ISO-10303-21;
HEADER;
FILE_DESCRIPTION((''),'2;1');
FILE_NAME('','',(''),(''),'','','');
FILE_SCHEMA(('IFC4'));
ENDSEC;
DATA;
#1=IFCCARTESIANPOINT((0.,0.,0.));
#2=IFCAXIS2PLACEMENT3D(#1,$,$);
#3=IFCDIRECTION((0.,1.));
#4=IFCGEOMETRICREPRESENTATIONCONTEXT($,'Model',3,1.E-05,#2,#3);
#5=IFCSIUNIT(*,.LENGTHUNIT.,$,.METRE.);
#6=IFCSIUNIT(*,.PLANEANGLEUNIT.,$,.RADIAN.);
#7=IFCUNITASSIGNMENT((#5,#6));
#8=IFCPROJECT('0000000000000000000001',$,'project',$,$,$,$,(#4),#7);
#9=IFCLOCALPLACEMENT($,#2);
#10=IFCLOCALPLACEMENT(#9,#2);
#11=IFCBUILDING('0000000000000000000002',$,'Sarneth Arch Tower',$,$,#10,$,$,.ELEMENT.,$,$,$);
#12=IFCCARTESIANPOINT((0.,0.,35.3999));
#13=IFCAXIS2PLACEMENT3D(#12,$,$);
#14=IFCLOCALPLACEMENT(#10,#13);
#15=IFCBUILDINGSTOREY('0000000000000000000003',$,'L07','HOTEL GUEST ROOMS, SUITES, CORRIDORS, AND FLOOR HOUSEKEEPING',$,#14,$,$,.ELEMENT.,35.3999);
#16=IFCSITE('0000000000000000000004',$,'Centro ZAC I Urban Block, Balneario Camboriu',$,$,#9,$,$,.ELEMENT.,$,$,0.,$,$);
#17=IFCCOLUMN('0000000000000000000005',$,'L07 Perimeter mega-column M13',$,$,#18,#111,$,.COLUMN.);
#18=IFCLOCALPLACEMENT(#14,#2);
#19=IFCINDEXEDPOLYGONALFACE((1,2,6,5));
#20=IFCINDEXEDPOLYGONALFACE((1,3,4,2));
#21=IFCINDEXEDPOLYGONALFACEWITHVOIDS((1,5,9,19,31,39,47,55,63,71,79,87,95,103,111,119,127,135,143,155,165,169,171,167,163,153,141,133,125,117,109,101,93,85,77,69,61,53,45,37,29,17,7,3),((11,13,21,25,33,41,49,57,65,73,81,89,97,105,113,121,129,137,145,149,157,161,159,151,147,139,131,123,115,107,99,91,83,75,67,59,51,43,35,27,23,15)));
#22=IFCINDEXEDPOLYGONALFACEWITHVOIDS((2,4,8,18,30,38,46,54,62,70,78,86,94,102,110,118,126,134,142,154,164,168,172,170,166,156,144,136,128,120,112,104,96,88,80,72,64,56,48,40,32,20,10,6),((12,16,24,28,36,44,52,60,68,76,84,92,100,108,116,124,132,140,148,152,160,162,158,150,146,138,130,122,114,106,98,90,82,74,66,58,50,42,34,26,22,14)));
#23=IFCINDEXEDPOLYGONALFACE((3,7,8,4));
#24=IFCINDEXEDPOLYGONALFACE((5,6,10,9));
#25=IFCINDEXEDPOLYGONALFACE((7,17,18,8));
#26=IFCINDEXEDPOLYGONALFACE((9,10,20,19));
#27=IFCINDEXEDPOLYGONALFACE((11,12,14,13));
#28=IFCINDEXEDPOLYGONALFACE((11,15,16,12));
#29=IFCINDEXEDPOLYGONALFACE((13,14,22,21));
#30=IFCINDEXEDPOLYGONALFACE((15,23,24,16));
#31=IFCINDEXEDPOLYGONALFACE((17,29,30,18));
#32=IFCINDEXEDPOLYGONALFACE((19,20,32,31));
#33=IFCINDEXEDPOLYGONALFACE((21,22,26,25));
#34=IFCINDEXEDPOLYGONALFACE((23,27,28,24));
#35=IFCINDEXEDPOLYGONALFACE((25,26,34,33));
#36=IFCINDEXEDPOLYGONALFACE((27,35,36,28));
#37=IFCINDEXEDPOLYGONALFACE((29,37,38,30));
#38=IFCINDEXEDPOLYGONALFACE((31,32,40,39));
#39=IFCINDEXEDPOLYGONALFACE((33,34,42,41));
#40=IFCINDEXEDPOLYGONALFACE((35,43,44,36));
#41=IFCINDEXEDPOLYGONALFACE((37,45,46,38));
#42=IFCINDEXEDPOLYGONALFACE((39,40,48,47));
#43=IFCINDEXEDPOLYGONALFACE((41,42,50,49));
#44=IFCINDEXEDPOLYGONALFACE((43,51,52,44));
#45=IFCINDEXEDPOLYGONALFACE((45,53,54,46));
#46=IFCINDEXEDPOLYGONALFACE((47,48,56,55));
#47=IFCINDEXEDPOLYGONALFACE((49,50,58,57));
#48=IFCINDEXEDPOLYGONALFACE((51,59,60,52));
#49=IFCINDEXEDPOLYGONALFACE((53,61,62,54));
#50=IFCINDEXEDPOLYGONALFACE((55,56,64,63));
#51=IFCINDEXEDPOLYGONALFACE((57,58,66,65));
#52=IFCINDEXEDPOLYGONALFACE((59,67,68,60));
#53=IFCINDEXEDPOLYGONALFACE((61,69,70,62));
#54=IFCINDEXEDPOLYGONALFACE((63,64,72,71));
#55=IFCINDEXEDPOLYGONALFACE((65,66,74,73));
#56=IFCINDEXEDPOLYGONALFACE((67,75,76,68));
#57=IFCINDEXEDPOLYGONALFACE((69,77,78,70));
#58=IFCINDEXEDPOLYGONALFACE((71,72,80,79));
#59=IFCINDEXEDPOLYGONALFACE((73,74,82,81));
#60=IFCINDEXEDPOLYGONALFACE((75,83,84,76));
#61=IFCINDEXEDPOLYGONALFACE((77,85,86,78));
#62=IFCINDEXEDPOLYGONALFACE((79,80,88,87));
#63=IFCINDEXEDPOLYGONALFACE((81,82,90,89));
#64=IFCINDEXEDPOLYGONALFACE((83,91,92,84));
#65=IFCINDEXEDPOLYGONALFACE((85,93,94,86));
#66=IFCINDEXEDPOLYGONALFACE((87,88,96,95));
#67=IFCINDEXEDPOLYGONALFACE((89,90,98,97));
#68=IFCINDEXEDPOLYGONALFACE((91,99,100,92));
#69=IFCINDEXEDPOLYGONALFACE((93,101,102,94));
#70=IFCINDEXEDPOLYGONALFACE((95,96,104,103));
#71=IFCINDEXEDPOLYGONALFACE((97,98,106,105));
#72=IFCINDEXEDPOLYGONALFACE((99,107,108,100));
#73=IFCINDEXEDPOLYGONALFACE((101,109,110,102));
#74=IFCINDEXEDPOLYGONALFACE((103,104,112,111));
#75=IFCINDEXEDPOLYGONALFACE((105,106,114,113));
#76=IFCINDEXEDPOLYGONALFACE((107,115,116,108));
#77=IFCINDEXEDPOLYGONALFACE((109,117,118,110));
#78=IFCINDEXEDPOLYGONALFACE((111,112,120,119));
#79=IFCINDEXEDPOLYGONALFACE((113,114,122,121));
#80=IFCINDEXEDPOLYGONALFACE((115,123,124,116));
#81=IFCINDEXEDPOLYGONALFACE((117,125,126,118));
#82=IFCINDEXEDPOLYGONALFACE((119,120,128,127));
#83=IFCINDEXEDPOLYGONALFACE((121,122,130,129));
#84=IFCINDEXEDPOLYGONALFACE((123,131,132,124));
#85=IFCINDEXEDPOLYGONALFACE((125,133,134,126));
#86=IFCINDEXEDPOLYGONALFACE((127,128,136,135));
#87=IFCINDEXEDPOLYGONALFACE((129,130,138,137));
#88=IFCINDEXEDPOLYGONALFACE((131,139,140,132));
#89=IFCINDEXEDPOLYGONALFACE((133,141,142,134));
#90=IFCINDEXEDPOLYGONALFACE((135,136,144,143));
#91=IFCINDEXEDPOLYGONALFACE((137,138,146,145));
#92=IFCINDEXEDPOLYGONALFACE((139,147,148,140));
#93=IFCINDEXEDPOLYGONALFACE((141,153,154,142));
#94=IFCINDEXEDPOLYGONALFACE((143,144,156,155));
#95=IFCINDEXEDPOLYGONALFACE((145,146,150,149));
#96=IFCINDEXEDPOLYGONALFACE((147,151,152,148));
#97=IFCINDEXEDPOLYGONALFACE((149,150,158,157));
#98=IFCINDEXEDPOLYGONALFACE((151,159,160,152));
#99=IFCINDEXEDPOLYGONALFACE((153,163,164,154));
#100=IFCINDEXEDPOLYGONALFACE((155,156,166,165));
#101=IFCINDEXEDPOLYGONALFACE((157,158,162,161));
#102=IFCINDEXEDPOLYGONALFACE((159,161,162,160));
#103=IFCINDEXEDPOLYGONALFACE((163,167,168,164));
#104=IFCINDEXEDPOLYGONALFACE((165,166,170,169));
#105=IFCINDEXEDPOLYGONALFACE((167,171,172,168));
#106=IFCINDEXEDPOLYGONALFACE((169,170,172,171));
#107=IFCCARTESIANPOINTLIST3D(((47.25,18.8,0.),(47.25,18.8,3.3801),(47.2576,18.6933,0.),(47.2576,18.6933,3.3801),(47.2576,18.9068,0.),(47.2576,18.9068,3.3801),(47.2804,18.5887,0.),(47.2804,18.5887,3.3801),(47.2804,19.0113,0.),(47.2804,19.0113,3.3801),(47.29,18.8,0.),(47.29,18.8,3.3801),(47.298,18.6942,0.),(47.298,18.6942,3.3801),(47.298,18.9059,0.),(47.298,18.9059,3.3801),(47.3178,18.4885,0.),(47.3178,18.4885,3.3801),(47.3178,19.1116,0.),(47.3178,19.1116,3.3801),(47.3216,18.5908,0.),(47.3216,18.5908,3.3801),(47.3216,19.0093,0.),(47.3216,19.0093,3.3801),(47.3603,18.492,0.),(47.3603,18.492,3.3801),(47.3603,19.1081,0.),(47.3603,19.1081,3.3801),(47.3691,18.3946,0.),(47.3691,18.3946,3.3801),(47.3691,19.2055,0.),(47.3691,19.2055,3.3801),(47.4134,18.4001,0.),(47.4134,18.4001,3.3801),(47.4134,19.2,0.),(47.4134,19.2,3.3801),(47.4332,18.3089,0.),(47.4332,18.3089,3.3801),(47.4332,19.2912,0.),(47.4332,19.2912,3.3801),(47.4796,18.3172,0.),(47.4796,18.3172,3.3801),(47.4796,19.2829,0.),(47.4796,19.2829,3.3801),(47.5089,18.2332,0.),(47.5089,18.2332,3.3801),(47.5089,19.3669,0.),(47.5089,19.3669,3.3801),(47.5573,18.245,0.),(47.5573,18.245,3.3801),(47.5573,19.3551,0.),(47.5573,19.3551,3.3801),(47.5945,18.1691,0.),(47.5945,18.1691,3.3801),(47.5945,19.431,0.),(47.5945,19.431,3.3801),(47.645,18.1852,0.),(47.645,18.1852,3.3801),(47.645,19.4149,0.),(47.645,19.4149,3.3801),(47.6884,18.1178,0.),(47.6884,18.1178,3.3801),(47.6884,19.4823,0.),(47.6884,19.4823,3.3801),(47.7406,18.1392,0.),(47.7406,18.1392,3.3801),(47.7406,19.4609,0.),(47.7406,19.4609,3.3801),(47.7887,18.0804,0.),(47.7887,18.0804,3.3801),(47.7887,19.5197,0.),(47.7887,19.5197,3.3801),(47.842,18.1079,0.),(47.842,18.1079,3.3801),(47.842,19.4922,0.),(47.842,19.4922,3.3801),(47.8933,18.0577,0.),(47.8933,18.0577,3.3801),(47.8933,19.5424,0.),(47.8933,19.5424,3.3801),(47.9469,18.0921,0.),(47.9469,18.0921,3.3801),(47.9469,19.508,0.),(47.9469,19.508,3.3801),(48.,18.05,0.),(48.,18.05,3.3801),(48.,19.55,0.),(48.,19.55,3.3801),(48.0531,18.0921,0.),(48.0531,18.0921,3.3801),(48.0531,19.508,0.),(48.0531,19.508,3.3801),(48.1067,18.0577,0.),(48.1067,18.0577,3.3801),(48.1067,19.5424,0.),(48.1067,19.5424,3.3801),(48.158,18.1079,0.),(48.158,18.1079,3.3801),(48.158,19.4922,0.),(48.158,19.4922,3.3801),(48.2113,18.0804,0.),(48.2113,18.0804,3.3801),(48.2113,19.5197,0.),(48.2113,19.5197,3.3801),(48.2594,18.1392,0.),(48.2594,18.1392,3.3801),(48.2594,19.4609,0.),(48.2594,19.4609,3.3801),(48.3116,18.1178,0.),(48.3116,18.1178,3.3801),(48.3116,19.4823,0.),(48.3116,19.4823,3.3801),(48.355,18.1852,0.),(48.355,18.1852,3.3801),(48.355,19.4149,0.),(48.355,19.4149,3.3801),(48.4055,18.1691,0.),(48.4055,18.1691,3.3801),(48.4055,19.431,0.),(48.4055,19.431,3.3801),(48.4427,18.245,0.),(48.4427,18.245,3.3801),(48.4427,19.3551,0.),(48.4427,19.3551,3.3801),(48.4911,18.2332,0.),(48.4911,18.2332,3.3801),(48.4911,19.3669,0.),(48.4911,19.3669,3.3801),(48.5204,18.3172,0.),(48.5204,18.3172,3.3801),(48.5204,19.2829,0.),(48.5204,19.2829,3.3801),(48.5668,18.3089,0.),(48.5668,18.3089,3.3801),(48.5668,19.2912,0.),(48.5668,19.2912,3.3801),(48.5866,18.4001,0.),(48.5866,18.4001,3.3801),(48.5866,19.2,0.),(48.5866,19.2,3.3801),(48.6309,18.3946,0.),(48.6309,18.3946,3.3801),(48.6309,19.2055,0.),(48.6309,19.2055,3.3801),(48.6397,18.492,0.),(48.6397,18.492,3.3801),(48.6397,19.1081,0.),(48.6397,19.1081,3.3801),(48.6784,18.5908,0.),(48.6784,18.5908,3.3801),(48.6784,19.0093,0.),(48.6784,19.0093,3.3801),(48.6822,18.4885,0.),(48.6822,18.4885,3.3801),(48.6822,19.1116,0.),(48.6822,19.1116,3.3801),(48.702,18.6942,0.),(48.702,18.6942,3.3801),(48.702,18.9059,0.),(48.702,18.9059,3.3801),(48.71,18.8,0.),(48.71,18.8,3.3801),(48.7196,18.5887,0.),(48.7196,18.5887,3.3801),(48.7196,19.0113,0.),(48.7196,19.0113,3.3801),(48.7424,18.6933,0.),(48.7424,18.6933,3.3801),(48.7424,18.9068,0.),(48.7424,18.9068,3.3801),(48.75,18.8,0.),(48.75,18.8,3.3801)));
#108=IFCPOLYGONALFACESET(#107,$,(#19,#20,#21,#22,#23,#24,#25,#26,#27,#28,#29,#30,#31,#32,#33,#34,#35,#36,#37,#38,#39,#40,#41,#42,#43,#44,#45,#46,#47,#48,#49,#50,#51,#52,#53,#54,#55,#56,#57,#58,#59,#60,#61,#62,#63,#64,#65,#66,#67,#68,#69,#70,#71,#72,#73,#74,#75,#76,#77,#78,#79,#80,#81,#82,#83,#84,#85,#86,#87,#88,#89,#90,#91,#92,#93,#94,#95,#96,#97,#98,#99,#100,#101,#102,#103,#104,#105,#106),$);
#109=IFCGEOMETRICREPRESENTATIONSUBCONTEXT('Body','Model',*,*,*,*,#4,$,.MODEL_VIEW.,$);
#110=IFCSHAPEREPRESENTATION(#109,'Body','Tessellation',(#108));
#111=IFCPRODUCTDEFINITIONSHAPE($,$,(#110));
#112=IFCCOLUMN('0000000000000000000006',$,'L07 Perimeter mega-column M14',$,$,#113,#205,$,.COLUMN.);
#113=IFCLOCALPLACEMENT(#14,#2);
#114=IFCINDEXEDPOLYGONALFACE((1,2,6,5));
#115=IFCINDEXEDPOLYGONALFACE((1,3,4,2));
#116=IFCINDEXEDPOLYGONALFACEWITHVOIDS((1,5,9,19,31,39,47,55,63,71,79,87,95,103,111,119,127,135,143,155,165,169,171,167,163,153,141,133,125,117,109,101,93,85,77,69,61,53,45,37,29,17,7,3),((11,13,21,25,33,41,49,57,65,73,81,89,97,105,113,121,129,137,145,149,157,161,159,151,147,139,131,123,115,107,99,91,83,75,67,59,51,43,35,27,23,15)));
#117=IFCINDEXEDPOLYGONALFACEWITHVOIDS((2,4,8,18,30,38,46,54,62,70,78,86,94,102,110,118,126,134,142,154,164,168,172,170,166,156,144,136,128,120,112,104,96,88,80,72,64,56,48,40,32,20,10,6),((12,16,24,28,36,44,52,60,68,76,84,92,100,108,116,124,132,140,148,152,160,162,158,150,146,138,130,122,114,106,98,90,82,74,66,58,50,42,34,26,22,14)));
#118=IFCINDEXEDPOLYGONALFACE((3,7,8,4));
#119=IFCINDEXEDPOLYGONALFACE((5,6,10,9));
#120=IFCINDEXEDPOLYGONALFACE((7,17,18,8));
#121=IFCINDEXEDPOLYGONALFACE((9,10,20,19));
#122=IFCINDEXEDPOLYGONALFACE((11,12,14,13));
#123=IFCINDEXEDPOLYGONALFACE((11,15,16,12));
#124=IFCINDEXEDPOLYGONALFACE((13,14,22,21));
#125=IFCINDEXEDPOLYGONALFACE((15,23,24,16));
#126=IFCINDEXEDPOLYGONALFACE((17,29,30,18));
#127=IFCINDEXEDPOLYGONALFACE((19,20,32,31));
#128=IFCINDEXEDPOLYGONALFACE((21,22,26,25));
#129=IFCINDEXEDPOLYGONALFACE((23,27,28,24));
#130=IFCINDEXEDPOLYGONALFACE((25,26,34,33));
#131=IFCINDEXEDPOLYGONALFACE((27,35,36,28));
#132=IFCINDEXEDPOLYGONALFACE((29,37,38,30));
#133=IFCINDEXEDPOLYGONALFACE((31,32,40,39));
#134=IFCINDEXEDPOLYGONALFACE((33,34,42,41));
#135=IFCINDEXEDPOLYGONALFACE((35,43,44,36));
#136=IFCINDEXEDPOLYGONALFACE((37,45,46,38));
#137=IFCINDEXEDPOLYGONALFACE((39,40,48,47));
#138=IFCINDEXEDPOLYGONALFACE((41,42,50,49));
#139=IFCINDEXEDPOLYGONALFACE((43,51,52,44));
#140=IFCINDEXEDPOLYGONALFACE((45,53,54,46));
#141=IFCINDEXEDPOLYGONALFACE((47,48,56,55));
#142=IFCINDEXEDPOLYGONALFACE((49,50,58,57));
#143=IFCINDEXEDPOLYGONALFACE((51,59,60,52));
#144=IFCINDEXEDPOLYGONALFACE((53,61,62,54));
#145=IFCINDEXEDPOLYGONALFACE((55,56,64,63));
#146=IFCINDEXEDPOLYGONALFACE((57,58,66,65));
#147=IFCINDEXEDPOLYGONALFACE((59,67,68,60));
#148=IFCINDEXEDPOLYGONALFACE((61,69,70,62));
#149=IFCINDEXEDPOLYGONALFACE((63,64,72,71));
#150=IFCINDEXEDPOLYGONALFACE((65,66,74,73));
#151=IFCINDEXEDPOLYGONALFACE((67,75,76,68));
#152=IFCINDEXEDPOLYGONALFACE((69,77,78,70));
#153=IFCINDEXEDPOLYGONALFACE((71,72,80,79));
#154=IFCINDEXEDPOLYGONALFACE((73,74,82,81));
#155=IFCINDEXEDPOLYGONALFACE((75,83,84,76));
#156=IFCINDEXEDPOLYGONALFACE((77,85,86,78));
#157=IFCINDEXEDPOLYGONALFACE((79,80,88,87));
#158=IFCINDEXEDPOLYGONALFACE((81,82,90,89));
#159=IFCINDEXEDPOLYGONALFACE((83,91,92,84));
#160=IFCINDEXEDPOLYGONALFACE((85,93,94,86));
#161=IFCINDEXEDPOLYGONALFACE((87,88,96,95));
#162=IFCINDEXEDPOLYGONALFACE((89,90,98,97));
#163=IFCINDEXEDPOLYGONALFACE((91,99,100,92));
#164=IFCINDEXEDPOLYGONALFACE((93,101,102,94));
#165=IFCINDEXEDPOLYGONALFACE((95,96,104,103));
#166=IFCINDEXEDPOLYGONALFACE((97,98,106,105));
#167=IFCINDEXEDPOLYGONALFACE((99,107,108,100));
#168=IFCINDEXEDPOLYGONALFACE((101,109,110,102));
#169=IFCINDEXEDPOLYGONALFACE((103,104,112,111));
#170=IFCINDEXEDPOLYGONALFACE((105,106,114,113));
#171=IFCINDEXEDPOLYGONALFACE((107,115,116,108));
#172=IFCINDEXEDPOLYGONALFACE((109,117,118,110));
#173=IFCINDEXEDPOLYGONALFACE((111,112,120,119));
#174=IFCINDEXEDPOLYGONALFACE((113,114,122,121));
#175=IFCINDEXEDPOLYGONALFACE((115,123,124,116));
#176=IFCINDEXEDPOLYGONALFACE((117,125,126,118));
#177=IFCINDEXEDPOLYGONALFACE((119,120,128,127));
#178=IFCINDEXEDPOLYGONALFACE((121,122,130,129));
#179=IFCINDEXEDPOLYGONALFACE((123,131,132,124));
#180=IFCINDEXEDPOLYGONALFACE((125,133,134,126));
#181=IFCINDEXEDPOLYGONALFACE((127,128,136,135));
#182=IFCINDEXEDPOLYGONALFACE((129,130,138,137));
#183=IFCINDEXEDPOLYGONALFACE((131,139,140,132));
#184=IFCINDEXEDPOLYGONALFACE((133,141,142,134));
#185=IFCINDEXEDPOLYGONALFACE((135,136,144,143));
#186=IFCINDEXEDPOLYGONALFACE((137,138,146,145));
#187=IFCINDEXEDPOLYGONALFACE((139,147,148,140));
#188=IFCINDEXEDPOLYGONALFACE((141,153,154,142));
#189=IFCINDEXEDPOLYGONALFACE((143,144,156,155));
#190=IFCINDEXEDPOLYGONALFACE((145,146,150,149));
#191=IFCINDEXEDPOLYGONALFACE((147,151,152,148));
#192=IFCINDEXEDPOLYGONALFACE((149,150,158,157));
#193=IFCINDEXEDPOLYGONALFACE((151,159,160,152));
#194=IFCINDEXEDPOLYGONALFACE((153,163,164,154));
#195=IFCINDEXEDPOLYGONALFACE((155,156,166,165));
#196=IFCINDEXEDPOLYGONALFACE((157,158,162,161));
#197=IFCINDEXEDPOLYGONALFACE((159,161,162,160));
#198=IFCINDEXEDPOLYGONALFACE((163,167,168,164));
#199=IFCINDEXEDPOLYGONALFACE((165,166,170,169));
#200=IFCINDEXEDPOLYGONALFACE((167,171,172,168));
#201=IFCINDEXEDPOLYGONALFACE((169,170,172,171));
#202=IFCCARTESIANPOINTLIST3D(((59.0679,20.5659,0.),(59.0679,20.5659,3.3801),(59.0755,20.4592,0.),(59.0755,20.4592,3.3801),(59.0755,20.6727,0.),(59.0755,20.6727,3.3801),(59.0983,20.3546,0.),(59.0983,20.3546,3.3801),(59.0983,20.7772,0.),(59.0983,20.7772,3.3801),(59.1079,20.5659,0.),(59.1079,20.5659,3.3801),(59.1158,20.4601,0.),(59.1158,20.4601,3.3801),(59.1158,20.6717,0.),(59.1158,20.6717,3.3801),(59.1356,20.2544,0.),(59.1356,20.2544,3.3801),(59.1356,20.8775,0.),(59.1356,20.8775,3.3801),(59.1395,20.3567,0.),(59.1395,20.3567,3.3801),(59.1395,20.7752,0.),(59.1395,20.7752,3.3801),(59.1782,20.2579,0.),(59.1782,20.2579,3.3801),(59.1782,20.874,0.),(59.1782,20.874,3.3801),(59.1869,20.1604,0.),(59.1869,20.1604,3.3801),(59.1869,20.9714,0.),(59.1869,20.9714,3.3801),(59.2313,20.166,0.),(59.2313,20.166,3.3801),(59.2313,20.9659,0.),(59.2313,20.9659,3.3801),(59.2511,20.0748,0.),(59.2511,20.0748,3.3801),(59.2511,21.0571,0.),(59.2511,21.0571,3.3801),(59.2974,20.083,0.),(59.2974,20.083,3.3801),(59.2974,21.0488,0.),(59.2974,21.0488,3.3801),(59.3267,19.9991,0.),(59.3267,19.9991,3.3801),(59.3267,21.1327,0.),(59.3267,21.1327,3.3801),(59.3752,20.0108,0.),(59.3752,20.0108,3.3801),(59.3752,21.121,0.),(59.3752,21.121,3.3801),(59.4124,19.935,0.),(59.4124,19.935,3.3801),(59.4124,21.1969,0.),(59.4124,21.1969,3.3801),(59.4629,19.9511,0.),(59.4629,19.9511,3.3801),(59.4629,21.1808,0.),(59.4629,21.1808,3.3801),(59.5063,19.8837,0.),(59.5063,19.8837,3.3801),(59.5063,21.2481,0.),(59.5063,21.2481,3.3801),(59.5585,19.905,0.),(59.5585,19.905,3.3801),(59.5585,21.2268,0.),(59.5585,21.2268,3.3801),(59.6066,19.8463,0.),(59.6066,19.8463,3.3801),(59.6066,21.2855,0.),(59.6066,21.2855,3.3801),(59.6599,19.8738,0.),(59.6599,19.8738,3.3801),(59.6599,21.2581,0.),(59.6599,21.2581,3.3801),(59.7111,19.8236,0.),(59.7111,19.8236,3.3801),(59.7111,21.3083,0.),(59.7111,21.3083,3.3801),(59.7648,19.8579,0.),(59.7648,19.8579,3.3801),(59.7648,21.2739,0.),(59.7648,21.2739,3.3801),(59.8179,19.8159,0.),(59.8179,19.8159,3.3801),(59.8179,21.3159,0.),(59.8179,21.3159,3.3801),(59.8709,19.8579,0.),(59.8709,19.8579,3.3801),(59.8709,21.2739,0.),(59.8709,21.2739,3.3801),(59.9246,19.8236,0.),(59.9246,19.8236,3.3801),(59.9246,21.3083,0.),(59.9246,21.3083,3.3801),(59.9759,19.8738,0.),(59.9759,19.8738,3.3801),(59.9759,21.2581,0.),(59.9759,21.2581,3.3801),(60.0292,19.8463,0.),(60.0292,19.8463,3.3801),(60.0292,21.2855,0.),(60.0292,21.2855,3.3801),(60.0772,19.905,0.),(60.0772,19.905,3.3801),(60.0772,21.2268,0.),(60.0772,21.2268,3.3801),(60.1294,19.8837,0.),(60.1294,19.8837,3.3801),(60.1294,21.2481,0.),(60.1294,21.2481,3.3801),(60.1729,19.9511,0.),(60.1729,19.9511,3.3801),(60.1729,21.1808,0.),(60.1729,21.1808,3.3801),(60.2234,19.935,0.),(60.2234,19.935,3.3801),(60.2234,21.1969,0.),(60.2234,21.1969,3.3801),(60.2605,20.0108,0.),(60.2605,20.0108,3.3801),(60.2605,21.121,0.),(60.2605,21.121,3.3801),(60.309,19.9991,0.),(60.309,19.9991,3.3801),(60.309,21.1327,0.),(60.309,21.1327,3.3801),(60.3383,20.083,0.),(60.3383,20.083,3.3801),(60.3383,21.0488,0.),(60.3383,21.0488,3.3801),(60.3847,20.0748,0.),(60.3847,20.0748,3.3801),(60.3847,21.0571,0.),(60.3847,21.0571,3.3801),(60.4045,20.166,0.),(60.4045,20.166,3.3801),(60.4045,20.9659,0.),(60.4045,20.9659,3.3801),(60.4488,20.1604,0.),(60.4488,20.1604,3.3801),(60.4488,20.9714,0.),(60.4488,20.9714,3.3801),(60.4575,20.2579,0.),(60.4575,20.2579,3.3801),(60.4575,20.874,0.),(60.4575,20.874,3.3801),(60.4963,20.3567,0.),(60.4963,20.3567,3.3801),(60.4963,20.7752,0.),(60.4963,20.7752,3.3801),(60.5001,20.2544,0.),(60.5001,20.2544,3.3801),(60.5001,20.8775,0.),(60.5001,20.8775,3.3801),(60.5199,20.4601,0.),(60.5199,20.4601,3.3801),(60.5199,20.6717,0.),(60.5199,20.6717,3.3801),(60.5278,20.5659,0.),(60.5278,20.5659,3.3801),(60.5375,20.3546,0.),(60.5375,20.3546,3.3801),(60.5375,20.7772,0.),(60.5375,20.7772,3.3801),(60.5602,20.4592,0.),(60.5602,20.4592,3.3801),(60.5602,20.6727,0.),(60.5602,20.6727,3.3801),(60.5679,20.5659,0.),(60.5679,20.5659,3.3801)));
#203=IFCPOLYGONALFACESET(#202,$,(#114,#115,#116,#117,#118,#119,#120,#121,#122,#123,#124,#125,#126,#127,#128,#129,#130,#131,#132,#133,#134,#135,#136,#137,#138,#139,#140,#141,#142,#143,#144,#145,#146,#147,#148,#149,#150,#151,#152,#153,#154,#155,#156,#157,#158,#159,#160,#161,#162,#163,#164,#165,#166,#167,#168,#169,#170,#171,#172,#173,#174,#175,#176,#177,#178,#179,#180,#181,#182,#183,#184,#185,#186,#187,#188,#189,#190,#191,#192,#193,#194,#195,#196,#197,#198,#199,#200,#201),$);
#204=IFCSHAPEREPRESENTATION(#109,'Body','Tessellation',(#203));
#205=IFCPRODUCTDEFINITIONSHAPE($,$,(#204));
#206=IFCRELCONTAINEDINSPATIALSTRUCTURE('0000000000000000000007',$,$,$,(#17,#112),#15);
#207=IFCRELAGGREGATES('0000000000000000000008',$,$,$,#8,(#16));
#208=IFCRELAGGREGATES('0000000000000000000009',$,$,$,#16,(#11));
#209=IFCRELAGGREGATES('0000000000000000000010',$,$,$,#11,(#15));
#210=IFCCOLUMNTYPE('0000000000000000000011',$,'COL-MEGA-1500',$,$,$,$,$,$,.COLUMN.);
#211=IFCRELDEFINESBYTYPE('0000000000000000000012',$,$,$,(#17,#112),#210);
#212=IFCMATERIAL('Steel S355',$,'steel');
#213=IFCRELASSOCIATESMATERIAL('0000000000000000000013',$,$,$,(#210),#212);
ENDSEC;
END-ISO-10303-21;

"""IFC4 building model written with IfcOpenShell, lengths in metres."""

from ifc_helpers import new_model, si_unit, direction, frame, origin, origin_2d, place, context, subcontext, project, spatial, hollow_circle, extrude, material, material_profile, profile_set, type_object, element, save


model = new_model("IFC4")

# Units and contexts
model_context = context("Model", 3, precision=1e-05, world=origin(), true_north=direction((0.0, 1.0)))
body_context = subcontext(model_context, "Body", "Model", "MODEL_VIEW")
ifc_project = project(units=[si_unit("LENGTHUNIT", "METRE"), si_unit("PLANEANGLEUNIT", "RADIAN")], contexts=[model_context])

# Site, building, storey
site_placement = place(None, origin())
site = spatial("IfcSite", under=ifc_project, at=site_placement, Name="Centro ZAC I Urban Block, Balneario Camboriu", CompositionType="ELEMENT", RefElevation=0.0)
building_placement = place(site_placement, origin())
building = spatial("IfcBuilding", under=site, at=building_placement, Name="Sarneth Arch Tower", CompositionType="ELEMENT")
storey_placement = place(building_placement, frame((0.0, 0.0, 35.3999)))
storey = spatial("IfcBuildingStorey", under=building, at=storey_placement, Name="L07", Description="HOTEL GUEST ROOMS, SUITES, CORRIDORS, AND FLOOR HOUSEKEEPING", CompositionType="ELEMENT", Elevation=35.3999)

# Columns
ifc_material_1 = material(Name="Steel S355", Category="steel")
ifc_material_profile_1 = material_profile(ifc_material_1, hollow_circle(Radius=0.75, WallThickness=0.04, at=origin_2d()), Name="CHS1500x40")
ifc_profile_set_1 = profile_set([ifc_material_profile_1], Name="Steel S355")
column_type = type_object("IfcColumnType", Name="COL-MEGA-1500", PredefinedType="COLUMN", material=ifc_profile_set_1)
for number, where, z_axis, x_axis, name in (
    (1, (48.0, 18.8, 0.0), (0.0, 0.0, 1.0), (1.0, 0.0, 0.0), "L07 Perimeter mega-column M13"),
    (2, (59.8179, 20.5659, 0.0), (0.0, 0.0, 1.0), (1.0, 0.0, 0.0), "L07 Perimeter mega-column M14"),
):
    element("IfcColumn", number, at=place(storey_placement, frame(where, z_axis=z_axis, x_axis=x_axis)), inside=storey, type_object=column_type, Name=name, PredefinedType="COLUMN", context=body_context, shape_type="SweptSolid", body=[
        extrude(hollow_circle(Radius=0.75, WallThickness=0.04, at=origin_2d()), origin(), (0.0, 0.0, 1.0), 3.3801),
    ])

save(model, "model.ifc")
